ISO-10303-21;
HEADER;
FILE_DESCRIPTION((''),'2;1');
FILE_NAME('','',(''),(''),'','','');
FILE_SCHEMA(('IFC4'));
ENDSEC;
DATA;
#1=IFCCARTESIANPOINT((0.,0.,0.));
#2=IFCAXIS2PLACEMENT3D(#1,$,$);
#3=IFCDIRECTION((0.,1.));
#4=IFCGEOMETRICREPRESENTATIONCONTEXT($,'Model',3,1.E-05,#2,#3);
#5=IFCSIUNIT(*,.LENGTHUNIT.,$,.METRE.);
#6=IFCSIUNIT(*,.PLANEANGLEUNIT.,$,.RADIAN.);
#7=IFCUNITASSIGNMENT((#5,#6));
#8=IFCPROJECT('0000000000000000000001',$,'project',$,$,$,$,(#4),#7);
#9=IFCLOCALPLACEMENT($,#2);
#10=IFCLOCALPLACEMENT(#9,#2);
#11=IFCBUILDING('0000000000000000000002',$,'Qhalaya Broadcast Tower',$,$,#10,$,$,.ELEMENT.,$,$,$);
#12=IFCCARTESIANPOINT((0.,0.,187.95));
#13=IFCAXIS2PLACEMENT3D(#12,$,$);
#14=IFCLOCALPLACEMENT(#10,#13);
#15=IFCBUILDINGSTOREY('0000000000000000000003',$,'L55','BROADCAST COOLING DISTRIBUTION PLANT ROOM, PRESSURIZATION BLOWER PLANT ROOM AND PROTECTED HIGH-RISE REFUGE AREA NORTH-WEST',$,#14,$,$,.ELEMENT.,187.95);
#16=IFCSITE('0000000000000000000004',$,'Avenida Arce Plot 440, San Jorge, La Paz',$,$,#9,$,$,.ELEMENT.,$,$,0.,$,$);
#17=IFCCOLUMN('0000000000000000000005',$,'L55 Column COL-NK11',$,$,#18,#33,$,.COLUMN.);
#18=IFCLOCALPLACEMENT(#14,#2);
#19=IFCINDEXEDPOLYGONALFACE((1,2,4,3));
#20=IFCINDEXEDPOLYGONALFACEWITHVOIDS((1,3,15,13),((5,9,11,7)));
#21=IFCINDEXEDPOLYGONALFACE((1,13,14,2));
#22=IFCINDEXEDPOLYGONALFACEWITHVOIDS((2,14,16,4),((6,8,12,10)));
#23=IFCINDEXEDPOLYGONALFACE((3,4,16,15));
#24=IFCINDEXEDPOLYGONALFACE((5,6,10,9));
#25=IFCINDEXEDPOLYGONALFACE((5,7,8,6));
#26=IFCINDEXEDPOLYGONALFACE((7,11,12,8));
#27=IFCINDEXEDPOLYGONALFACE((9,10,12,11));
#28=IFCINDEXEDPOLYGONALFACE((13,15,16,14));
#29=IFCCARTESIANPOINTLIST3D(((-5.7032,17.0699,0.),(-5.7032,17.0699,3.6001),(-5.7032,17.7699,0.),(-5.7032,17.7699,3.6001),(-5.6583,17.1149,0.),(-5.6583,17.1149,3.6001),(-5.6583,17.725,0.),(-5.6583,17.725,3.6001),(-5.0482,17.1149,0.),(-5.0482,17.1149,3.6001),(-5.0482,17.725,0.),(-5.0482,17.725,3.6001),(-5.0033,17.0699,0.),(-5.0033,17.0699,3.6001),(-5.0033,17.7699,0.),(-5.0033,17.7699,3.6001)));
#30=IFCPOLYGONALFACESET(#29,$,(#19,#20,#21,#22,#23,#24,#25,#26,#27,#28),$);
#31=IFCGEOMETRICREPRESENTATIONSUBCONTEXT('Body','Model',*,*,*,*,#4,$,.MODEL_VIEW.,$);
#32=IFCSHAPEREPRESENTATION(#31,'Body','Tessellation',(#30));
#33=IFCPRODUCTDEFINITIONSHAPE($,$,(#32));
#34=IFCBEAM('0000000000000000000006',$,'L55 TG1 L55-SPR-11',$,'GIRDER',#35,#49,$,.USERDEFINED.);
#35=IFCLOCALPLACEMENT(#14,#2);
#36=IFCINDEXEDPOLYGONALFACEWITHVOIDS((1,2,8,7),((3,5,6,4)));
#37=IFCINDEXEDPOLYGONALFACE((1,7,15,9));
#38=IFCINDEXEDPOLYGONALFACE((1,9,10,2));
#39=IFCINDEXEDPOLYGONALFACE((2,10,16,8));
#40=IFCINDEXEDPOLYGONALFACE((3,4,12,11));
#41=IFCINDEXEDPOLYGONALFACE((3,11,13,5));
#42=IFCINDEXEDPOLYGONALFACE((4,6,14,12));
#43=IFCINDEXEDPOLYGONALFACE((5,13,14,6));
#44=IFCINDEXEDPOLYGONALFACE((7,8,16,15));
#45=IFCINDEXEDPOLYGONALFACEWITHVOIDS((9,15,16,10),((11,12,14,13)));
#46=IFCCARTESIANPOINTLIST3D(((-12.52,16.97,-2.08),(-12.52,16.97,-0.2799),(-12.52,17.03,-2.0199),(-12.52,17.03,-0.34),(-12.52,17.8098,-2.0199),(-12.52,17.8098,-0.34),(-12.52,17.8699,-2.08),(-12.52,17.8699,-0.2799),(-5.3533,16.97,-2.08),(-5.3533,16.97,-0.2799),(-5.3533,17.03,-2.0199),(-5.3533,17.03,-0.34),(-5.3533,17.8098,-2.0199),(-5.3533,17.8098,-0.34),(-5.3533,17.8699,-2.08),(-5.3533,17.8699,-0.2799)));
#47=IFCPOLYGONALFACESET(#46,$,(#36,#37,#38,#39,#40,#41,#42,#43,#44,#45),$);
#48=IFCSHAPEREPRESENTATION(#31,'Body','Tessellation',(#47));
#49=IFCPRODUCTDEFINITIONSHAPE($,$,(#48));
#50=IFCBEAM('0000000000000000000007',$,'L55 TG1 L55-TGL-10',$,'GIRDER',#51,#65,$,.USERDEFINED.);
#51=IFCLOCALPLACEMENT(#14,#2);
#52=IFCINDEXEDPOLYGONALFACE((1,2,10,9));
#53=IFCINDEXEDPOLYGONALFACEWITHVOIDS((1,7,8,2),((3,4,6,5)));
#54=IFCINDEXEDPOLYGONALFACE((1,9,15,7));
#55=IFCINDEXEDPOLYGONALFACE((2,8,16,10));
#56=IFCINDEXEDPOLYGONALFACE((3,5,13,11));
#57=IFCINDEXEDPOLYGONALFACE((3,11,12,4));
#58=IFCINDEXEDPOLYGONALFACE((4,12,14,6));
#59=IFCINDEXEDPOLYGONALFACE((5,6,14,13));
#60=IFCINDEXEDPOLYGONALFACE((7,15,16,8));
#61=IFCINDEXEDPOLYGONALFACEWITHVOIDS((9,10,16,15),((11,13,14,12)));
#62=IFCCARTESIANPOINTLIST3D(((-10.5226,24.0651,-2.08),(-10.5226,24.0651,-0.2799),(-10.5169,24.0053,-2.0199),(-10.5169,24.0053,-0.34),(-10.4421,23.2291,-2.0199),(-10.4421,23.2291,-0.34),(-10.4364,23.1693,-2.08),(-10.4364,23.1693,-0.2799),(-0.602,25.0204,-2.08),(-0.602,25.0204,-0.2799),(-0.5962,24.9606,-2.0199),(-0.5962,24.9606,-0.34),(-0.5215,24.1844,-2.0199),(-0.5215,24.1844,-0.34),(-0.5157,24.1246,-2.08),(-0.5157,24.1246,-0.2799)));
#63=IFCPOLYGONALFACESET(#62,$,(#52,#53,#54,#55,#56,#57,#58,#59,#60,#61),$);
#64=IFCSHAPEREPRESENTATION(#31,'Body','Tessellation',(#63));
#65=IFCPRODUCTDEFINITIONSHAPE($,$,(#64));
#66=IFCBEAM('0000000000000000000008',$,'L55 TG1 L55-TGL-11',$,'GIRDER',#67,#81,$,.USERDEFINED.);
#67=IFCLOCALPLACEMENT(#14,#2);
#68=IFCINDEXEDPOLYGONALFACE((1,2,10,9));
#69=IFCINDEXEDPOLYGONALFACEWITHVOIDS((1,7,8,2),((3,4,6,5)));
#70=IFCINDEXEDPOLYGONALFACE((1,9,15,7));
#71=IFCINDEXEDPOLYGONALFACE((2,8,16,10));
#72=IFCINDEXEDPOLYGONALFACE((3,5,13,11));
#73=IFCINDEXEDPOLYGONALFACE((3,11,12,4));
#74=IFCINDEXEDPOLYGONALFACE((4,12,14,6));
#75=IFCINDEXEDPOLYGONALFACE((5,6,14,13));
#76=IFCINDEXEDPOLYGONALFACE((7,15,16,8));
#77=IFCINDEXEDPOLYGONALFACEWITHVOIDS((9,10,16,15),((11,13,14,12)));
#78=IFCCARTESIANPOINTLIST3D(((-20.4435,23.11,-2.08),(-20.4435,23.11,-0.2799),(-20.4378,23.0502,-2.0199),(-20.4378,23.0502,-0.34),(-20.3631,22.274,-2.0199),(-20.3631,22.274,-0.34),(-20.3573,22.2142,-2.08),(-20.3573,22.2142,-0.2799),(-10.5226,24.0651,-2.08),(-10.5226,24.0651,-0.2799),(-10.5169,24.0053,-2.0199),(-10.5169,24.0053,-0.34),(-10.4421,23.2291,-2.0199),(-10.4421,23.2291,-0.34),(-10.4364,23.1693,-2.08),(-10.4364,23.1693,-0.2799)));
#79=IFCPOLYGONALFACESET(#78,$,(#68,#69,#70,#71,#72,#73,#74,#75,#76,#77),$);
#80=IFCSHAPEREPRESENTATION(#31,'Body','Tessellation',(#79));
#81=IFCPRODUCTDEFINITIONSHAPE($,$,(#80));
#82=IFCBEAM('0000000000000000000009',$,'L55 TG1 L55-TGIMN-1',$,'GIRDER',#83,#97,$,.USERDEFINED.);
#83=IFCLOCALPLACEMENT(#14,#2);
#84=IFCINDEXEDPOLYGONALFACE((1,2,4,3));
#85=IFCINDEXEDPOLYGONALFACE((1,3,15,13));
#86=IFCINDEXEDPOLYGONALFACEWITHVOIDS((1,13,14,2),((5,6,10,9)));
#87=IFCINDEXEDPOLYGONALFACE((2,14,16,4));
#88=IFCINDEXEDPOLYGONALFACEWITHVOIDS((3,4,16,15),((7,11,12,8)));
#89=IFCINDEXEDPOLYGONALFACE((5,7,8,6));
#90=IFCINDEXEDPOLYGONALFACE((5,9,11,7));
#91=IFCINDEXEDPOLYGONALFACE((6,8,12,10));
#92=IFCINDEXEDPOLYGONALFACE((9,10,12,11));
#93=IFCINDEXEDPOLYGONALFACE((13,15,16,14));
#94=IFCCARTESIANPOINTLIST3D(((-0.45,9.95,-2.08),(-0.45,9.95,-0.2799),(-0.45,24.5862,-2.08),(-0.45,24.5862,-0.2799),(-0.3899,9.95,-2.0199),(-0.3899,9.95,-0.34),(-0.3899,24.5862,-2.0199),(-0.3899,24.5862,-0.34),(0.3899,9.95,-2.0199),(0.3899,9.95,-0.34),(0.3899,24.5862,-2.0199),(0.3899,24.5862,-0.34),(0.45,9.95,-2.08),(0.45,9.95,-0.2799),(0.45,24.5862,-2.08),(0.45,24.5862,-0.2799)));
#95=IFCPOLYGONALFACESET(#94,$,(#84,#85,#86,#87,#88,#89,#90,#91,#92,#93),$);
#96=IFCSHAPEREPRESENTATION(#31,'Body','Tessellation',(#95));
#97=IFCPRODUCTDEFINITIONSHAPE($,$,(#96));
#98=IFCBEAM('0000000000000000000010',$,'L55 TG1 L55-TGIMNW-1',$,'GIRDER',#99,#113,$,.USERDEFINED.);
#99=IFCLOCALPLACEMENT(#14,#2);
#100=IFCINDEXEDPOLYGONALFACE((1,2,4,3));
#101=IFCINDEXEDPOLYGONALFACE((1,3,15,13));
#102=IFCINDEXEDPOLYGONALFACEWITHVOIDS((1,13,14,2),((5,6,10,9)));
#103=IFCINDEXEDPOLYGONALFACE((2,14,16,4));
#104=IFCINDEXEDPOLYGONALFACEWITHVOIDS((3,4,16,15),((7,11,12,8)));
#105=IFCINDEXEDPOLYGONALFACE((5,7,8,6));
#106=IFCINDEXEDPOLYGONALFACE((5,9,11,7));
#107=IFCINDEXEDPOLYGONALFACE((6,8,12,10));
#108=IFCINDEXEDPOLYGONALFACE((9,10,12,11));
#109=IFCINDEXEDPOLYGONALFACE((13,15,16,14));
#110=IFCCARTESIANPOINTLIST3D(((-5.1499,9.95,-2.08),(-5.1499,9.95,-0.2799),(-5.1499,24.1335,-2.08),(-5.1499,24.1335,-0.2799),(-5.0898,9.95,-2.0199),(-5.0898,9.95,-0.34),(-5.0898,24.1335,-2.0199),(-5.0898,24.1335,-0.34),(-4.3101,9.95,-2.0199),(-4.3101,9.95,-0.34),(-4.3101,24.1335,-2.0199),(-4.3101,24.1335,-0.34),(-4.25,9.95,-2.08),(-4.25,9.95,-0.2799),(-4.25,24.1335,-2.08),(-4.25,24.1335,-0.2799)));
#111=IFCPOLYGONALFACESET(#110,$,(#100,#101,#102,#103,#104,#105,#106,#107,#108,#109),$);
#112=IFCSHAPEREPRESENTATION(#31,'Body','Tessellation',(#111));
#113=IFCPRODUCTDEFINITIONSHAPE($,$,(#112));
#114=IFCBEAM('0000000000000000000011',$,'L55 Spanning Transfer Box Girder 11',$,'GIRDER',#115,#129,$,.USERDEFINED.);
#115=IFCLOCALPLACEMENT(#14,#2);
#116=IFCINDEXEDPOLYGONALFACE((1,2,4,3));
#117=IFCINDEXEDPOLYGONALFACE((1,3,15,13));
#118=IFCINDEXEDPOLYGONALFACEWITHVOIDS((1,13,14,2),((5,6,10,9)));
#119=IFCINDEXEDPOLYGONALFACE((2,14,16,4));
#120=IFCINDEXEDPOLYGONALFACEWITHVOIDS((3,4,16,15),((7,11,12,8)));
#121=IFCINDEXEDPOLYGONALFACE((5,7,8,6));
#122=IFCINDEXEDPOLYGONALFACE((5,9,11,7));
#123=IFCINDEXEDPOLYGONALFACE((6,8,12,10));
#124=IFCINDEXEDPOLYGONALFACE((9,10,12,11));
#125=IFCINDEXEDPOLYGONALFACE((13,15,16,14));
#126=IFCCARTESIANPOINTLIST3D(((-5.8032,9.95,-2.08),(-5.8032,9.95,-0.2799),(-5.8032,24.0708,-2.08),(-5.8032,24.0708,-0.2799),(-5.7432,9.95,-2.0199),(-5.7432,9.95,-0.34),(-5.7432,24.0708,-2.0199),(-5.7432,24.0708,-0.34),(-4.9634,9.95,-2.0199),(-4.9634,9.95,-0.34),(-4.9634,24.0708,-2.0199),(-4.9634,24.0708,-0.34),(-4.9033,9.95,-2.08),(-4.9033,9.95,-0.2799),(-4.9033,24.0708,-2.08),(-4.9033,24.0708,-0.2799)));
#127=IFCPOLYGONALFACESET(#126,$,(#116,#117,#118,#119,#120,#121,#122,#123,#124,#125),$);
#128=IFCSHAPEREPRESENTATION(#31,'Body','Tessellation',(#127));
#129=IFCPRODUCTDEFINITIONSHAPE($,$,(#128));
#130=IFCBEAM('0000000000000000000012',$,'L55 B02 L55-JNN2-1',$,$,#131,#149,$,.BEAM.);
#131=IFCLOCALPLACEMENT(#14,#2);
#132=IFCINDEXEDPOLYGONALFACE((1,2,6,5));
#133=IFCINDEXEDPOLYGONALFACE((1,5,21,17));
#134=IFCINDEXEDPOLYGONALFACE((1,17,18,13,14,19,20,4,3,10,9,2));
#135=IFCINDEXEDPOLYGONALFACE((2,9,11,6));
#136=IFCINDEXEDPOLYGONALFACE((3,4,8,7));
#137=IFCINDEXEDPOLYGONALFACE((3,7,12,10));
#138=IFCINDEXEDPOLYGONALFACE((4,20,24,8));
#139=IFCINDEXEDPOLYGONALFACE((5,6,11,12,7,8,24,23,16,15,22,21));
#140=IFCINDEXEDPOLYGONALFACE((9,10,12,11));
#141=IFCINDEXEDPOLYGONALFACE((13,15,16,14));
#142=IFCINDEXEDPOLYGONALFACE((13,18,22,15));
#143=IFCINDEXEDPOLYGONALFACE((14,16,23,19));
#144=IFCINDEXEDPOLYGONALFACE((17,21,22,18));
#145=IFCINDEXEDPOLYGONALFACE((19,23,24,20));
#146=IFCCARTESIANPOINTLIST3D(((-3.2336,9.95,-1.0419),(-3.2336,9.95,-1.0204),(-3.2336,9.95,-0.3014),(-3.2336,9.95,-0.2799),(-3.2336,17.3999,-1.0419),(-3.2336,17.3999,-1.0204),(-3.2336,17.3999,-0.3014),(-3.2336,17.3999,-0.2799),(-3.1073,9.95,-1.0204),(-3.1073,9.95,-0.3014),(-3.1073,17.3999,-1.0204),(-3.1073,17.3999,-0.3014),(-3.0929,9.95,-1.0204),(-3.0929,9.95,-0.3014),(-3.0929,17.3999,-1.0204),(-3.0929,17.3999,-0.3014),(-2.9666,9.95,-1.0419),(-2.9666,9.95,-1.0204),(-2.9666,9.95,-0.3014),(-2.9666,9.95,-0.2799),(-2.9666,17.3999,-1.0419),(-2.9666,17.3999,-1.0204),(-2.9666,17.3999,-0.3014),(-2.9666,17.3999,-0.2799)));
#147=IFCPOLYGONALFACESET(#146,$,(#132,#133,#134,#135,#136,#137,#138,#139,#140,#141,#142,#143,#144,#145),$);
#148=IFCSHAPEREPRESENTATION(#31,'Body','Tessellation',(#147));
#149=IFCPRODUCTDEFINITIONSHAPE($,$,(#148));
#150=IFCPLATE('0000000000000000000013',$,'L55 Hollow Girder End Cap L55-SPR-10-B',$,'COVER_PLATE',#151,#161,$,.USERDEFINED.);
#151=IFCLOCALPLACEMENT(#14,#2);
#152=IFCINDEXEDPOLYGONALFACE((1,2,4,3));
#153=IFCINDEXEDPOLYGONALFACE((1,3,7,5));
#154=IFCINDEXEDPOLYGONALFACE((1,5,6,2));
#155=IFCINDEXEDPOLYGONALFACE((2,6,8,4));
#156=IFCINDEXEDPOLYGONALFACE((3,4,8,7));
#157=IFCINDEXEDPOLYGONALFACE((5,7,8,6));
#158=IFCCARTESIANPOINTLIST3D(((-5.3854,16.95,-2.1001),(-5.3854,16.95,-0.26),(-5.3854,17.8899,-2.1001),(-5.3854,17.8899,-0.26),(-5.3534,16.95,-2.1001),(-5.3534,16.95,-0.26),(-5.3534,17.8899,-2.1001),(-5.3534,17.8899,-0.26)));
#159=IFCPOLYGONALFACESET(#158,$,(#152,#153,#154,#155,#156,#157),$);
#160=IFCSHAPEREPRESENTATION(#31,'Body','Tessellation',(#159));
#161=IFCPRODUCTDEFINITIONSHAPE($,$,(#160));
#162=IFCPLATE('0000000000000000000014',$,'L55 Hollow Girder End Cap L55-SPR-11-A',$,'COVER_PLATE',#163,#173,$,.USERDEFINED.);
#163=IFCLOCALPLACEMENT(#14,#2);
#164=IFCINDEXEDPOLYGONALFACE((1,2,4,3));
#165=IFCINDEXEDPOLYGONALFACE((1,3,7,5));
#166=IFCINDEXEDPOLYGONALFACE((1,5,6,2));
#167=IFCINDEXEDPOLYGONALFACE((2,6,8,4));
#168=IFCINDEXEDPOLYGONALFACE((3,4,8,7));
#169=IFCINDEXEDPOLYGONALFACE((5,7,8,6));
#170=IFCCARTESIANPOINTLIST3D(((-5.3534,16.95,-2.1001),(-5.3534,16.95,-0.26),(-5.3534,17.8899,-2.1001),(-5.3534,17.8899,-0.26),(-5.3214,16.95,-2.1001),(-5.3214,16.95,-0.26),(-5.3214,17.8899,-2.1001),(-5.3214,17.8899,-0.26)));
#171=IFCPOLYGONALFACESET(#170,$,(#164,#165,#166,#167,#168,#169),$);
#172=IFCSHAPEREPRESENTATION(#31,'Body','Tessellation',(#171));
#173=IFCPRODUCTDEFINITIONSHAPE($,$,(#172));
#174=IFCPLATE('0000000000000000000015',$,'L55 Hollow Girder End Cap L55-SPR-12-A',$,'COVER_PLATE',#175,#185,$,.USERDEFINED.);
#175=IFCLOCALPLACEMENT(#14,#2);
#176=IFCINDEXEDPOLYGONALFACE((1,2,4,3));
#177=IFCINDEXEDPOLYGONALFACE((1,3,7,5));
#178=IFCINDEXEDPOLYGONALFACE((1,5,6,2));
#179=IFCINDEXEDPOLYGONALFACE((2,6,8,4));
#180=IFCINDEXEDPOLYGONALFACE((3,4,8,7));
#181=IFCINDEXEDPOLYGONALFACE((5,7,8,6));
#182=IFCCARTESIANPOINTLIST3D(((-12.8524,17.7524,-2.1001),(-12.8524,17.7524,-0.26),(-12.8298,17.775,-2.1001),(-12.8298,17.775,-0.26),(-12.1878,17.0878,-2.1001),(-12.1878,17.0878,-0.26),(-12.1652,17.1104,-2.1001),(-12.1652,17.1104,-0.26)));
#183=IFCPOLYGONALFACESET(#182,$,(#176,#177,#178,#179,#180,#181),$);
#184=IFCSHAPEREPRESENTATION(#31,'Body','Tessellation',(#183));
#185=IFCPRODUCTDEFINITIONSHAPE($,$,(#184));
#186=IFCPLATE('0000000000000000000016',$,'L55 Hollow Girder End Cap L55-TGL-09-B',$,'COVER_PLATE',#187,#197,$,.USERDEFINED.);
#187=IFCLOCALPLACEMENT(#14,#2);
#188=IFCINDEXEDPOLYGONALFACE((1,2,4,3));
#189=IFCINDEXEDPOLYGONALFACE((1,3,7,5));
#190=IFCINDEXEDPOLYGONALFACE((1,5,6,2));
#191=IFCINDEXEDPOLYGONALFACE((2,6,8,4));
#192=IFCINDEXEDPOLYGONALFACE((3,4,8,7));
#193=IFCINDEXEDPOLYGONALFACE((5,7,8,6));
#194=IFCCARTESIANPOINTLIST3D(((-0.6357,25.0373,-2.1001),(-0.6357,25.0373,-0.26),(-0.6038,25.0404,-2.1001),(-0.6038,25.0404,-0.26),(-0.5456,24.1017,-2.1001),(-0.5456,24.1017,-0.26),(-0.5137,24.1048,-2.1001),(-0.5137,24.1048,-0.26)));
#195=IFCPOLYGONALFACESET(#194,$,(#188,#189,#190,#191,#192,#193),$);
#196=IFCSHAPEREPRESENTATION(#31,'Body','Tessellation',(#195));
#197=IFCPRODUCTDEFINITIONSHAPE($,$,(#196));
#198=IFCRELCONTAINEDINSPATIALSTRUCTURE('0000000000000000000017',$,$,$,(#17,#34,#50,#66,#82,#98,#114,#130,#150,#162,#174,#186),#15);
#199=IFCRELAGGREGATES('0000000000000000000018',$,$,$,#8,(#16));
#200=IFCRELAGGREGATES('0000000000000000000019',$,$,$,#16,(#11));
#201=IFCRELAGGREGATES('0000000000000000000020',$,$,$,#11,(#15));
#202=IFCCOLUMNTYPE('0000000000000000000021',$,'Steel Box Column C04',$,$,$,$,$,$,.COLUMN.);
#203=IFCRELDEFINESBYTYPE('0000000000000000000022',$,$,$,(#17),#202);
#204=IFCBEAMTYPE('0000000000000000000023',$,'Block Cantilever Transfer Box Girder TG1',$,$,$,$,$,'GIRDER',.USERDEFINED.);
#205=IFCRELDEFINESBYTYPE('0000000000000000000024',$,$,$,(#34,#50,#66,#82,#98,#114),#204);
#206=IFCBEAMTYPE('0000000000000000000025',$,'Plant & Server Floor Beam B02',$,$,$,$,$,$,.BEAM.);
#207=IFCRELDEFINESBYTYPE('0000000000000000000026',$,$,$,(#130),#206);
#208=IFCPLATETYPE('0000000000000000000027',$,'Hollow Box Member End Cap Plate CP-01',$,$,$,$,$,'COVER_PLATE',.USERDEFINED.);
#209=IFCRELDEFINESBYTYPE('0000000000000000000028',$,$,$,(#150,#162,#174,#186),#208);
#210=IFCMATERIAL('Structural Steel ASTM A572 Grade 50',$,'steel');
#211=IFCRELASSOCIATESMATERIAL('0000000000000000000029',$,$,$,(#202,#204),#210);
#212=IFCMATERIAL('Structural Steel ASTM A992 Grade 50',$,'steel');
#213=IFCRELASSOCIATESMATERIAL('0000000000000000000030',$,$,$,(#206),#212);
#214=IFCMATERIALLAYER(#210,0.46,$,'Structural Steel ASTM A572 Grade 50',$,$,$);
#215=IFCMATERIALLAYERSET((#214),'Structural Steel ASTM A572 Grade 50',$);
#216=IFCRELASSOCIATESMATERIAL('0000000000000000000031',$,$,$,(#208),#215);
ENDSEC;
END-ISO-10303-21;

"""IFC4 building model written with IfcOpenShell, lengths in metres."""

from ifc_helpers import new_model, si_unit, direction, frame, origin, origin_2d, place, context, subcontext, project, spatial, rectangle, hollow_rectangle, i_section, extrude, material, layer, layer_set, material_profile, profile_set, type_object, element, save


model = new_model("IFC4")

# Units and contexts
model_context = context("Model", 3, precision=1e-05, world=origin(), true_north=direction((0.0, 1.0)))
body_context = subcontext(model_context, "Body", "Model", "MODEL_VIEW")
ifc_project = project(units=[si_unit("LENGTHUNIT", "METRE"), si_unit("PLANEANGLEUNIT", "RADIAN")], contexts=[model_context])

# Site, building, storey
site_placement = place(None, origin())
site = spatial("IfcSite", under=ifc_project, at=site_placement, Name="Avenida Arce Plot 440, San Jorge, La Paz", CompositionType="ELEMENT", RefElevation=0.0)
building_placement = place(site_placement, origin())
building = spatial("IfcBuilding", under=site, at=building_placement, Name="Qhalaya Broadcast Tower", CompositionType="ELEMENT")
storey_placement = place(building_placement, frame((0.0, 0.0, 187.95)))
storey = spatial("IfcBuildingStorey", under=building, at=storey_placement, Name="L55", Description="BROADCAST COOLING DISTRIBUTION PLANT ROOM, PRESSURIZATION BLOWER PLANT ROOM AND PROTECTED HIGH-RISE REFUGE AREA NORTH-WEST", CompositionType="ELEMENT", Elevation=187.95)

# Column
ifc_material_1 = material(Name="Structural Steel ASTM A572 Grade 50", Category="steel")
ifc_material_profile_1 = material_profile(ifc_material_1, hollow_rectangle(XDim=0.7, YDim=0.7, WallThickness=0.0449, at=origin_2d()), Name="BOX 700x700x45")
ifc_profile_set_1 = profile_set([ifc_material_profile_1], Name="Structural Steel ASTM A572 Grade 50")
column_type = type_object("IfcColumnType", Name="Steel Box Column C04", PredefinedType="COLUMN", material=ifc_profile_set_1)
column_placement = place(storey_placement, frame((-5.3533, 17.4199, 0.0), z_axis=(0.0, 0.0, 1.0), x_axis=(1.0, 0.0, 0.0)))
element("IfcColumn", 1, at=column_placement, inside=storey, type_object=column_type, Name="L55 Column COL-NK11", PredefinedType="COLUMN", context=body_context, shape_type="SweptSolid", body=[
    extrude(hollow_rectangle(XDim=0.7, YDim=0.7, WallThickness=0.0449, at=origin_2d()), origin(), (0.0, 0.0, 1.0), 3.6001),
])

# Beams
ifc_material_profile_2 = material_profile(ifc_material_1, hollow_rectangle(XDim=0.8999, YDim=1.8, WallThickness=0.0601, at=origin_2d()), Name="BOX 900x1800x60")
ifc_profile_set_2 = profile_set([ifc_material_profile_2], Name="Structural Steel ASTM A572 Grade 50")
beam_type_1 = type_object("IfcBeamType", Name="Block Cantilever Transfer Box Girder TG1", ElementType="GIRDER", PredefinedType="USERDEFINED", material=ifc_profile_set_2)
beam_1_placement = place(storey_placement, frame((-5.3533, 17.4199, -1.1799), z_axis=(-1.0, 0.0, 0.0), x_axis=(0.0, -1.0, 0.0)))
element("IfcBeam", 2, at=beam_1_placement, inside=storey, type_object=beam_type_1, Name="L55 TG1 L55-SPR-11", ObjectType="GIRDER", PredefinedType="USERDEFINED", context=body_context, shape_type="SweptSolid", body=[
    extrude(hollow_rectangle(XDim=0.8999, YDim=1.8, WallThickness=0.0601, at=origin_2d()), origin(), (0.0, 0.0, 1.0), 7.1667),
])
beam_2_placement = place(storey_placement, frame((-0.5588, 24.5725, -1.1799), z_axis=(-0.995396, -0.095853, 0.0), x_axis=(0.095853, -0.995396, 0.0)))
element("IfcBeam", 3, at=beam_2_placement, inside=storey, type_object=beam_type_1, Name="L55 TG1 L55-TGL-10", ObjectType="GIRDER", PredefinedType="USERDEFINED", context=body_context, shape_type="SweptSolid", body=[
    extrude(hollow_rectangle(XDim=0.8999, YDim=1.8, WallThickness=0.0601, at=origin_2d()), origin(), (0.0, 0.0, 1.0), 9.9666),
])
beam_3_placement = place(storey_placement, frame((-10.4795, 23.6172, -1.1799), z_axis=(-0.995398, -0.095826, 0.0), x_axis=(0.095826, -0.995398, 0.0)))
element("IfcBeam", 4, at=beam_3_placement, inside=storey, type_object=beam_type_1, Name="L55 TG1 L55-TGL-11", ObjectType="GIRDER", PredefinedType="USERDEFINED", context=body_context, shape_type="SweptSolid", body=[
    extrude(hollow_rectangle(XDim=0.8999, YDim=1.8, WallThickness=0.0601, at=origin_2d()), origin(), (0.0, 0.0, 1.0), 9.9668),
])
beam_4_placement = place(storey_placement, frame((0.0, 9.95, -1.1799), z_axis=(0.0, 1.0, 0.0), x_axis=(-1.0, 0.0, 0.0)))
element("IfcBeam", 5, at=beam_4_placement, inside=storey, type_object=beam_type_1, Name="L55 TG1 L55-TGIMN-1", ObjectType="GIRDER", PredefinedType="USERDEFINED", context=body_context, shape_type="SweptSolid", body=[
    extrude(hollow_rectangle(XDim=0.8999, YDim=1.8, WallThickness=0.0601, at=origin_2d()), origin(), (0.0, 0.0, 1.0), 14.6362),
])
beam_5_placement = place(storey_placement, frame((-4.7, 9.95, -1.1799), z_axis=(0.0, 1.0, 0.0), x_axis=(-1.0, 0.0, 0.0)))
element("IfcBeam", 6, at=beam_5_placement, inside=storey, type_object=beam_type_1, Name="L55 TG1 L55-TGIMNW-1", ObjectType="GIRDER", PredefinedType="USERDEFINED", context=body_context, shape_type="SweptSolid", body=[
    extrude(hollow_rectangle(XDim=0.8999, YDim=1.8, WallThickness=0.0601, at=origin_2d()), origin(), (0.0, 0.0, 1.0), 14.1836),
])
beam_6_placement = place(storey_placement, frame((-5.3533, 9.95, -1.1799), z_axis=(0.0, 1.0, 0.0), x_axis=(-1.0, 0.0, 0.0)))
element("IfcBeam", 7, at=beam_6_placement, inside=storey, type_object=beam_type_1, Name="L55 Spanning Transfer Box Girder 11", ObjectType="GIRDER", PredefinedType="USERDEFINED", context=body_context, shape_type="SweptSolid", body=[
    extrude(hollow_rectangle(XDim=0.8999, YDim=1.8, WallThickness=0.0601, at=origin_2d()), origin(), (0.0, 0.0, 1.0), 14.1208),
])
ifc_material_2 = material(Name="Structural Steel ASTM A992 Grade 50", Category="steel")
ifc_material_profile_3 = material_profile(ifc_material_2, i_section(OverallWidth=0.2671, OverallDepth=0.762, WebThickness=0.0144, FlangeThickness=0.0215, at=origin_2d()), Name="W30X116")
ifc_profile_set_3 = profile_set([ifc_material_profile_3], Name="Structural Steel ASTM A992 Grade 50")
beam_type_2 = type_object("IfcBeamType", Name="Plant & Server Floor Beam B02", PredefinedType="BEAM", material=ifc_profile_set_3)
beam_7_placement = place(storey_placement, frame((-3.1001, 9.95, -0.6609), z_axis=(0.0, 1.0, 0.0), x_axis=(-1.0, 0.0, 0.0)))
element("IfcBeam", 8, at=beam_7_placement, inside=storey, type_object=beam_type_2, Name="L55 B02 L55-JNN2-1", PredefinedType="BEAM", context=body_context, shape_type="SweptSolid", body=[
    extrude(i_section(OverallWidth=0.2671, OverallDepth=0.762, WebThickness=0.0144, FlangeThickness=0.0215, at=origin_2d()), origin(), (0.0, 0.0, 1.0), 7.45),
])

# Plates
ifc_layer_1 = layer(ifc_material_1, 0.46, Name="Structural Steel ASTM A572 Grade 50")
ifc_layer_set_1 = layer_set([ifc_layer_1], Name="Structural Steel ASTM A572 Grade 50")
plate_type = type_object("IfcPlateType", Name="Hollow Box Member End Cap Plate CP-01", ElementType="COVER_PLATE", PredefinedType="USERDEFINED", material=ifc_layer_set_1)
for number, where, z_axis, x_axis, name in (
    (9, (-5.3694, 17.4199, -2.1001), (0.0, 0.0, 1.0), (0.0, -1.0, 0.0), "L55 Hollow Girder End Cap L55-SPR-10-B"),
    (10, (-5.3374, 17.4199, -2.1001), (0.0, 0.0, 1.0), (0.0, -1.0, 0.0), "L55 Hollow Girder End Cap L55-SPR-11-A"),
    (11, (-12.5088, 17.4314, -2.1001), (0.0, 0.0, 1.0), (0.707107, -0.707107, 0.0), "L55 Hollow Girder End Cap L55-SPR-12-A"),
    (12, (-0.5747, 24.571, -2.1001), (0.0, 0.0, 1.0), (0.095846, -0.995396, 0.0), "L55 Hollow Girder End Cap L55-TGL-09-B"),
):
    element("IfcPlate", number, at=place(storey_placement, frame(where, z_axis=z_axis, x_axis=x_axis)), inside=storey, type_object=plate_type, Name=name, ObjectType="COVER_PLATE", PredefinedType="USERDEFINED", context=body_context, shape_type="SweptSolid", body=[
        extrude(rectangle(XDim=0.9399, YDim=0.032, at=origin_2d()), origin(), (0.0, 0.0, 1.0), 1.8401),
    ])

save(model, "model.ifc")
